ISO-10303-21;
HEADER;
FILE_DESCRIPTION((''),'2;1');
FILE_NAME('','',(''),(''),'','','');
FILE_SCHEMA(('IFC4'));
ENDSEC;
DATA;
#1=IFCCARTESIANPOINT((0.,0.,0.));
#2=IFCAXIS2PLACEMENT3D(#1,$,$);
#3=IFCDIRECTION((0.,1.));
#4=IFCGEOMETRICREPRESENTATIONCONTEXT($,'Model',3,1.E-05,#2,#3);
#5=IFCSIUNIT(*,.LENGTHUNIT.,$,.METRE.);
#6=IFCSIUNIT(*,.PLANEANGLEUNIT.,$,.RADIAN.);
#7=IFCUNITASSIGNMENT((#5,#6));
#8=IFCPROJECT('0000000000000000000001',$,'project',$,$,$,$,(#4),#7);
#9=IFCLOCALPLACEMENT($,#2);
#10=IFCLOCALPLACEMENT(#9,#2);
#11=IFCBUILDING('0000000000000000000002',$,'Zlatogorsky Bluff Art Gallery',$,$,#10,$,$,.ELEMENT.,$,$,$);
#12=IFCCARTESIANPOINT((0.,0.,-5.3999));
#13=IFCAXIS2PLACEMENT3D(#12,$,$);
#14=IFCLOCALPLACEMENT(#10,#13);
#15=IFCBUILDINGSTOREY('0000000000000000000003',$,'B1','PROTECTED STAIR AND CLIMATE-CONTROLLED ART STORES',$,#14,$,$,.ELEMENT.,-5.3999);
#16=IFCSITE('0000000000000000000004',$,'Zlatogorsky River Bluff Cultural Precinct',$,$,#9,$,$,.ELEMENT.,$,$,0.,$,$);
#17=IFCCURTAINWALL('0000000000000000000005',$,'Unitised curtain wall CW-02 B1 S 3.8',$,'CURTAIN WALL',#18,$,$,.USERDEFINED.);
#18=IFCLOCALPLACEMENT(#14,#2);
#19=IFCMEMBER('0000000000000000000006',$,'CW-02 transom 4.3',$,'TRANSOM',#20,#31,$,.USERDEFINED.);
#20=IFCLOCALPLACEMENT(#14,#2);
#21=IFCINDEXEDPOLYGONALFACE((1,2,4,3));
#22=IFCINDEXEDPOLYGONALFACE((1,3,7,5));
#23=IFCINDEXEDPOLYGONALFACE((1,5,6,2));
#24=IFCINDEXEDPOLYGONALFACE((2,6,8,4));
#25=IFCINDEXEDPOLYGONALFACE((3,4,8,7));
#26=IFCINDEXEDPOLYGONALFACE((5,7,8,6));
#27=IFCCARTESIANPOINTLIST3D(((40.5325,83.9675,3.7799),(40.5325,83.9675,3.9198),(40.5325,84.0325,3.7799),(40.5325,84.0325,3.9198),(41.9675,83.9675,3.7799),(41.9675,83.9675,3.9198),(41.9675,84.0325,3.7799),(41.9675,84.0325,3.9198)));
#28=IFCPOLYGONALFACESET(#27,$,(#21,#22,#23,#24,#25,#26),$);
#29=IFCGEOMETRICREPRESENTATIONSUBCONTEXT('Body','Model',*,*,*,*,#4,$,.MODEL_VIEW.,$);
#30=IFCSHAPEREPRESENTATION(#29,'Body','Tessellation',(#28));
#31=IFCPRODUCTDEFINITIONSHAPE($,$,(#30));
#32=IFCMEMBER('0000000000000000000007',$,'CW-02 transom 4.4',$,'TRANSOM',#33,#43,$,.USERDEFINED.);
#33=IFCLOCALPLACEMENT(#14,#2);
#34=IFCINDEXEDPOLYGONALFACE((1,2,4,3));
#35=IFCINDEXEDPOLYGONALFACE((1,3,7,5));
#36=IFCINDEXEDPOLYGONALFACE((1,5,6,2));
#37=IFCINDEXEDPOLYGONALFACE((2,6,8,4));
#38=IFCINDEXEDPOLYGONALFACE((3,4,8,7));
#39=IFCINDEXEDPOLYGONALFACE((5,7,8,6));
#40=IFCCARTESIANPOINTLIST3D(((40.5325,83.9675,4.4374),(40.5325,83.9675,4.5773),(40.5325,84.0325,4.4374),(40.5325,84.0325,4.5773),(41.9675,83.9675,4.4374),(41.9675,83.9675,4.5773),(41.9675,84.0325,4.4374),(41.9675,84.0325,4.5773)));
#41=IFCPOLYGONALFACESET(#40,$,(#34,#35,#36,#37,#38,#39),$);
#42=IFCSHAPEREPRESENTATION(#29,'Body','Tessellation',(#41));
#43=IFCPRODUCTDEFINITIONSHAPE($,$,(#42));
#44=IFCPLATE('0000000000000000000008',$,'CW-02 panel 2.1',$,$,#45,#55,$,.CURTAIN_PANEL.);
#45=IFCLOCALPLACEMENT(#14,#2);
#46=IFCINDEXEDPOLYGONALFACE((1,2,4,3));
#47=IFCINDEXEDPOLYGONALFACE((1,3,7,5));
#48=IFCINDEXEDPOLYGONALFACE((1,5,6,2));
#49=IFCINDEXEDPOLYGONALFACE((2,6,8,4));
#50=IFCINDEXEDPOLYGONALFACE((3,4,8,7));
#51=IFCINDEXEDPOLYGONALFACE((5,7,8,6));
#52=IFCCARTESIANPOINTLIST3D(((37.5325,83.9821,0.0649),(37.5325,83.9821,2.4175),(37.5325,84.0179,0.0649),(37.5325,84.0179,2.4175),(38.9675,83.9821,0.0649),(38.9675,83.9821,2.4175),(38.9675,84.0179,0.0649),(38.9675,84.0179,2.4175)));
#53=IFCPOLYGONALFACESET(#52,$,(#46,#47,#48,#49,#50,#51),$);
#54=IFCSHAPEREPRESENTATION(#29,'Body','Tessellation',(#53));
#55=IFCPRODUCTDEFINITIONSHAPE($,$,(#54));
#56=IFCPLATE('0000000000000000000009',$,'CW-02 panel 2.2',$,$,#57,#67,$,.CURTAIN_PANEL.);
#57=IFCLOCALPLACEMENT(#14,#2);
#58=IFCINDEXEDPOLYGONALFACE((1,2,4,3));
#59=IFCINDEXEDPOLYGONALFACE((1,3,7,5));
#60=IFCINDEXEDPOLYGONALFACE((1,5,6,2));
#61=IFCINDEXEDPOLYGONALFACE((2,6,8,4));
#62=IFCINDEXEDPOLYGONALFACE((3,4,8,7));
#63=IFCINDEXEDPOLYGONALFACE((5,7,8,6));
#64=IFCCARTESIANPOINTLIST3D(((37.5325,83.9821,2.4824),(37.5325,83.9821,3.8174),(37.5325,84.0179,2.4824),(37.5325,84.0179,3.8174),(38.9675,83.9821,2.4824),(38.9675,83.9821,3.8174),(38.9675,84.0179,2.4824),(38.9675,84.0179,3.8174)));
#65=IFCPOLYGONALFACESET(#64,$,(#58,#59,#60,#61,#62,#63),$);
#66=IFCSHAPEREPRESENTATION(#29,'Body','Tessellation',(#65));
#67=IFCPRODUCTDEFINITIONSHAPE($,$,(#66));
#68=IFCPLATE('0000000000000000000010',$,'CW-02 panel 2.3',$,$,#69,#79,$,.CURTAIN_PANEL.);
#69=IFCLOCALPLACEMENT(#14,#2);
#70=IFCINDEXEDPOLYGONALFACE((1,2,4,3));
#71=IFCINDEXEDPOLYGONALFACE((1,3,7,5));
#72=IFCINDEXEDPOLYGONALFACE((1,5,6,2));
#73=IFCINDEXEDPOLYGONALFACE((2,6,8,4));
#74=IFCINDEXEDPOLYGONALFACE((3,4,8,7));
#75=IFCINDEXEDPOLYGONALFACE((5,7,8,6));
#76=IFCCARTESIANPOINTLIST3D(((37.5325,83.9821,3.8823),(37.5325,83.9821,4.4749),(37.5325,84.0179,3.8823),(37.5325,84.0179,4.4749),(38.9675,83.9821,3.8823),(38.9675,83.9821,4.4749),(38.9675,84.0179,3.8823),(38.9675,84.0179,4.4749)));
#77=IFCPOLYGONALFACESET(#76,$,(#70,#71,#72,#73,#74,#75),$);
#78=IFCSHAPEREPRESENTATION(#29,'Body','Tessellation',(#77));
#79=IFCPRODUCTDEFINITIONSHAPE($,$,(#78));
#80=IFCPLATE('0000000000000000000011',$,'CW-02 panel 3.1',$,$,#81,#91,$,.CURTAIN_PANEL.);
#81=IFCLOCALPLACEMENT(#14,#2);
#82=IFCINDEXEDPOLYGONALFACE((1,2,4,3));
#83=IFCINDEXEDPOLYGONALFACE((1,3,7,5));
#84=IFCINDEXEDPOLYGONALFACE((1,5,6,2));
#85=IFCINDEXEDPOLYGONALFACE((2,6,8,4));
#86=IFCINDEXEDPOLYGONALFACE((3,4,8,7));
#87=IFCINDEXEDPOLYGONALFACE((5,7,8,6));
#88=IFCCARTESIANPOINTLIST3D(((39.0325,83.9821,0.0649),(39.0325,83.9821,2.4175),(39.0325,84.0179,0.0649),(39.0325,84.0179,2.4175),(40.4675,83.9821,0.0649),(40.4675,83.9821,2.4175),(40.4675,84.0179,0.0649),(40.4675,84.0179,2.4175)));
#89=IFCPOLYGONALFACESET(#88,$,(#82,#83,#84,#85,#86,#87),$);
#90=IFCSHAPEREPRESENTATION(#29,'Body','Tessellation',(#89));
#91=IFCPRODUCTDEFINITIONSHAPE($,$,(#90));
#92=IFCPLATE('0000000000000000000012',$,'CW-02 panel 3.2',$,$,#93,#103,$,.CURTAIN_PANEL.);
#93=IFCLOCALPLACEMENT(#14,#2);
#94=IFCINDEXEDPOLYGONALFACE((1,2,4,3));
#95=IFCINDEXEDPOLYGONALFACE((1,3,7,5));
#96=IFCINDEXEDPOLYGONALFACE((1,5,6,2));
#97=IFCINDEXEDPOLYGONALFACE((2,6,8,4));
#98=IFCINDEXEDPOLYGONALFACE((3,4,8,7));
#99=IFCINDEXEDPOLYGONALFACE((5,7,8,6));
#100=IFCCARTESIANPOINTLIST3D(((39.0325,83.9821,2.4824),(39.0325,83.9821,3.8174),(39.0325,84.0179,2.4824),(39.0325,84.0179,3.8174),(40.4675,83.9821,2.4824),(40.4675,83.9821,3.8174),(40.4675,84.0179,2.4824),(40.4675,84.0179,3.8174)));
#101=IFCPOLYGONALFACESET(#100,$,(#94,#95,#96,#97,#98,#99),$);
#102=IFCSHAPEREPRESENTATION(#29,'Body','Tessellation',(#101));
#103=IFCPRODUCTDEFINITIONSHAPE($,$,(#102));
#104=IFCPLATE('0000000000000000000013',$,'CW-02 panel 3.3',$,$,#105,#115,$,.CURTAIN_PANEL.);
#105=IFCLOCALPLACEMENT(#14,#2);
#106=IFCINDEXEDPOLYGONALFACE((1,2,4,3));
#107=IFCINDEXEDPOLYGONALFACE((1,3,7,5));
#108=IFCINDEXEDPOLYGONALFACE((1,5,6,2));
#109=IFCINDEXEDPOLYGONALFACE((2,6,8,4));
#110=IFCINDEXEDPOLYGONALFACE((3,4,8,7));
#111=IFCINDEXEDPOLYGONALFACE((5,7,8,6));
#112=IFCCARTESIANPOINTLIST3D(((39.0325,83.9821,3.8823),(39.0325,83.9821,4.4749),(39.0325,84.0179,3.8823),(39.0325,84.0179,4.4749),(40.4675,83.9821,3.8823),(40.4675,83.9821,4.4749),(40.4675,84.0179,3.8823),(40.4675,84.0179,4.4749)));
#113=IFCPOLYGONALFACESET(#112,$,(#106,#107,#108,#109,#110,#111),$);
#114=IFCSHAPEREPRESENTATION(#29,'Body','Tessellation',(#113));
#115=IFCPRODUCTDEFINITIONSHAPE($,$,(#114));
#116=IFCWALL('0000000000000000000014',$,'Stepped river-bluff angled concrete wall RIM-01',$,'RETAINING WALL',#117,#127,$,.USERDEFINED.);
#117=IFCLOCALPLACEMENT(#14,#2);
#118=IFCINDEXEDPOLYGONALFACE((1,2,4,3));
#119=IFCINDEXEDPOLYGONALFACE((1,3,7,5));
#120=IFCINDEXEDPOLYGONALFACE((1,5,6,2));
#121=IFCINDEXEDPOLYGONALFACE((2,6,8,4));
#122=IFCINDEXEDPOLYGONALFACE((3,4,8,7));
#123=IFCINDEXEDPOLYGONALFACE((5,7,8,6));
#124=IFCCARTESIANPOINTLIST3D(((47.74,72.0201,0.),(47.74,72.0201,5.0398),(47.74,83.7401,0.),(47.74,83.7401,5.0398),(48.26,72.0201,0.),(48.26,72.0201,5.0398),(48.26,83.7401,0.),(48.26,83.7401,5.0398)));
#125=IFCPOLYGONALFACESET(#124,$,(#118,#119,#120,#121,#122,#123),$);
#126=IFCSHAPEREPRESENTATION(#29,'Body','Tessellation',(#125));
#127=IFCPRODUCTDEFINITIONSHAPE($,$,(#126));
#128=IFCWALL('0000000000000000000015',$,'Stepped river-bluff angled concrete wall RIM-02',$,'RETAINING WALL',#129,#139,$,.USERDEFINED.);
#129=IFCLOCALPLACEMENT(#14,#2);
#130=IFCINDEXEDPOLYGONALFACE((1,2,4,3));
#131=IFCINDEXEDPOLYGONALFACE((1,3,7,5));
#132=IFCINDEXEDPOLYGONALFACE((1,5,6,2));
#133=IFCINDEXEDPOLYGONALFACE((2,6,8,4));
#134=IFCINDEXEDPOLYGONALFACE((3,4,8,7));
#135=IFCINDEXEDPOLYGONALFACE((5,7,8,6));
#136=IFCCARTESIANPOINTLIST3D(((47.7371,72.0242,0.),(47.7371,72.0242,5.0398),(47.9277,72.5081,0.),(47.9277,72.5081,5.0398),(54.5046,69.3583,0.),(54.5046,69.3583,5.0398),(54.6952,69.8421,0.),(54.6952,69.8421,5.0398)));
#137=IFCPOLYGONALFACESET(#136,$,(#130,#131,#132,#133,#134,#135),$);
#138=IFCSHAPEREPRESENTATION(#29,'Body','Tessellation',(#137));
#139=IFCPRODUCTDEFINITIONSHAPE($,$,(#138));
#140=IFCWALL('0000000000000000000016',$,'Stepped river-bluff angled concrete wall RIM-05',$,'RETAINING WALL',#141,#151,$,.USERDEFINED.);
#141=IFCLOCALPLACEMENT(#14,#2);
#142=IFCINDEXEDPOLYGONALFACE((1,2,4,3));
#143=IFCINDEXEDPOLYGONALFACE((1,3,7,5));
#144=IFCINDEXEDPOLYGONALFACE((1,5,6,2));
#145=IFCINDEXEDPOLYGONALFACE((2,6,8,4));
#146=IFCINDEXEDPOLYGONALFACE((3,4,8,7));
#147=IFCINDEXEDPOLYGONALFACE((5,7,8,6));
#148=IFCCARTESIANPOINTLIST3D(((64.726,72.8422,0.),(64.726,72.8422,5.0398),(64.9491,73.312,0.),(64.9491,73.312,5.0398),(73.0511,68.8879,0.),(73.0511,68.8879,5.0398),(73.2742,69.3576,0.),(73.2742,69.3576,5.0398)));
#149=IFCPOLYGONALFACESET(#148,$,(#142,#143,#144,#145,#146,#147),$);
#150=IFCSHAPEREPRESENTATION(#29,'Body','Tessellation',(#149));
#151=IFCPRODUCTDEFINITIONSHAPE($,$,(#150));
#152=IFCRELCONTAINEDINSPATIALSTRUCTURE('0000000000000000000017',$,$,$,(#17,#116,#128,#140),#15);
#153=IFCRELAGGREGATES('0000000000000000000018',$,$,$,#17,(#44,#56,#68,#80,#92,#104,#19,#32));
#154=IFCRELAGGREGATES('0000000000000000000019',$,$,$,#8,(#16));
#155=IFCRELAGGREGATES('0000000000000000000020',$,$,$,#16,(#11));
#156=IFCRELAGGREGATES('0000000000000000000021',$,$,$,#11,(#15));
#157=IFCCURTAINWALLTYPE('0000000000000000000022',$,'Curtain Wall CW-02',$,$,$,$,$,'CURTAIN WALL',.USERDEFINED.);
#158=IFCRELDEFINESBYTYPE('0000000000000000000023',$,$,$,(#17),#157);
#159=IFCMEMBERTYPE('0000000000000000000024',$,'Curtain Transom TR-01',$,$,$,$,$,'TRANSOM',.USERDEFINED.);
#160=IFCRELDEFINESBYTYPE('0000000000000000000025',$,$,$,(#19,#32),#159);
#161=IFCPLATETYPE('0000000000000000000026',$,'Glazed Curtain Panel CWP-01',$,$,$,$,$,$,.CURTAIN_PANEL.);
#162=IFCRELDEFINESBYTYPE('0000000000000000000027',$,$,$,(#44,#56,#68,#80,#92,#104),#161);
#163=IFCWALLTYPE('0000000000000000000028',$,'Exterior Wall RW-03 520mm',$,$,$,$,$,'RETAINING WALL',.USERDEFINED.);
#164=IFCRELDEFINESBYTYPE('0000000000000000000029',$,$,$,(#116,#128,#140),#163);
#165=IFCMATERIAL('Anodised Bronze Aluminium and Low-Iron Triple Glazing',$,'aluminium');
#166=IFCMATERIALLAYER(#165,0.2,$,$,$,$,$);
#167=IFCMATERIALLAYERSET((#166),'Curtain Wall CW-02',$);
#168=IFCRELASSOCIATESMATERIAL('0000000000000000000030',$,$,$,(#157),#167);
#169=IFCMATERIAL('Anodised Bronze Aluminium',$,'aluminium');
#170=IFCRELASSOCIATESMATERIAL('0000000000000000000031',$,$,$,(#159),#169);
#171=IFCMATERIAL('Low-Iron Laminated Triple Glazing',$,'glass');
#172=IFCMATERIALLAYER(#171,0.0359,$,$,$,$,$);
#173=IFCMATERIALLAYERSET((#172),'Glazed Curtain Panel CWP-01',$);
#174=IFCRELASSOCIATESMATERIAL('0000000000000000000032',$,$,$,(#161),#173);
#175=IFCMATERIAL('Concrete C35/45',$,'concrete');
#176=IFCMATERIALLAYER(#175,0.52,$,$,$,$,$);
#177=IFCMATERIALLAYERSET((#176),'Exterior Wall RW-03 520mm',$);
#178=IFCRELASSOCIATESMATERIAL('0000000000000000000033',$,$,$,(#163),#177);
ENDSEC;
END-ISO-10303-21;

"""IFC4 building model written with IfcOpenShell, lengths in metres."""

from ifc_helpers import new_model, si_unit, direction, frame, frame_2d, origin, origin_2d, place, context, subcontext, project, spatial, rectangle, extrude, material, layer, layer_set, material_profile, profile_set, type_object, element, aggregate, save


model = new_model("IFC4")

# Units and contexts
model_context = context("Model", 3, precision=1e-05, world=origin(), true_north=direction((0.0, 1.0)))
body_context = subcontext(model_context, "Body", "Model", "MODEL_VIEW")
ifc_project = project(units=[si_unit("LENGTHUNIT", "METRE"), si_unit("PLANEANGLEUNIT", "RADIAN")], contexts=[model_context])

# Site, building, storey
site_placement = place(None, origin())
site = spatial("IfcSite", under=ifc_project, at=site_placement, Name="Zlatogorsky River Bluff Cultural Precinct", CompositionType="ELEMENT", RefElevation=0.0)
building_placement = place(site_placement, origin())
building = spatial("IfcBuilding", under=site, at=building_placement, Name="Zlatogorsky Bluff Art Gallery", CompositionType="ELEMENT")
storey_placement = place(building_placement, frame((0.0, 0.0, -5.3999)))
storey = spatial("IfcBuildingStorey", under=building, at=storey_placement, Name="B1", Description="PROTECTED STAIR AND CLIMATE-CONTROLLED ART STORES", CompositionType="ELEMENT", Elevation=-5.3999)

# Shared definitions
ifc_material_1 = material(Name="Concrete C35/45", Category="concrete")

# Curtain wall, members, plates
ifc_material_2 = material(Name="Anodised Bronze Aluminium and Low-Iron Triple Glazing", Category="aluminium")
ifc_layer_1 = layer(ifc_material_2, 0.2)
ifc_layer_set_1 = layer_set([ifc_layer_1], Name="Curtain Wall CW-02")
curtain_wall_type = type_object("IfcCurtainWallType", Name="Curtain Wall CW-02", ElementType="CURTAIN WALL", PredefinedType="USERDEFINED", material=ifc_layer_set_1)
curtain_wall_placement = place(storey_placement, origin())
curtain_wall = element("IfcCurtainWall", 1, at=curtain_wall_placement, inside=storey, type_object=curtain_wall_type, Name="Unitised curtain wall CW-02 B1 S 3.8", ObjectType="CURTAIN WALL", PredefinedType="USERDEFINED")
ifc_material_3 = material(Name="Anodised Bronze Aluminium", Category="aluminium")
ifc_material_profile_1 = material_profile(ifc_material_3, rectangle(XDim=0.0649, YDim=0.1399, at=origin_2d()), Name="ALU TRANSOM 65x140")
ifc_profile_set_1 = profile_set([ifc_material_profile_1], Name="Anodised Bronze Aluminium")
member_type_1 = type_object("IfcMemberType", Name="Curtain Transom TR-01", ElementType="TRANSOM", PredefinedType="USERDEFINED", material=ifc_profile_set_1)
member_1_placement = place(storey_placement, frame((40.5325, 84.0, 3.8499), z_axis=(1.0, 0.0, 0.0), x_axis=(0.0, 1.0, 0.0)))
member_1 = element("IfcMember", 2, at=member_1_placement, type_object=member_type_1, Name="CW-02 transom 4.3", ObjectType="TRANSOM", PredefinedType="USERDEFINED", context=body_context, shape_type="SweptSolid", body=[
    extrude(rectangle(XDim=0.0649, YDim=0.1399, at=origin_2d()), origin(), (0.0, 0.0, 1.0), 1.4351),
])
member_2_placement = place(storey_placement, frame((40.5325, 84.0, 4.5073), z_axis=(1.0, 0.0, 0.0), x_axis=(0.0, 1.0, 0.0)))
member_2 = element("IfcMember", 3, at=member_2_placement, type_object=member_type_1, Name="CW-02 transom 4.4", ObjectType="TRANSOM", PredefinedType="USERDEFINED", context=body_context, shape_type="SweptSolid", body=[
    extrude(rectangle(XDim=0.0649, YDim=0.1399, at=origin_2d()), origin(), (0.0, 0.0, 1.0), 1.4351),
])
ifc_material_4 = material(Name="Low-Iron Laminated Triple Glazing", Category="glass")
ifc_layer_2 = layer(ifc_material_4, 0.0359)
ifc_layer_set_2 = layer_set([ifc_layer_2], Name="Glazed Curtain Panel CWP-01")
plate_type = type_object("IfcPlateType", Name="Glazed Curtain Panel CWP-01", PredefinedType="CURTAIN_PANEL", material=ifc_layer_set_2)
plate_1_placement = place(storey_placement, frame((38.25, 84.0, 0.0649), z_axis=(0.0, 0.0, 1.0), x_axis=(1.0, 0.0, 0.0)))
plate_1 = element("IfcPlate", 4, at=plate_1_placement, type_object=plate_type, Name="CW-02 panel 2.1", PredefinedType="CURTAIN_PANEL", context=body_context, shape_type="SweptSolid", body=[
    extrude(rectangle(XDim=1.4351, YDim=0.0359, at=origin_2d()), origin(), (0.0, 0.0, 1.0), 2.3525),
])
plate_2_placement = place(storey_placement, frame((38.25, 84.0, 2.4824), z_axis=(0.0, 0.0, 1.0), x_axis=(1.0, 0.0, 0.0)))
plate_2 = element("IfcPlate", 5, at=plate_2_placement, type_object=plate_type, Name="CW-02 panel 2.2", PredefinedType="CURTAIN_PANEL", context=body_context, shape_type="SweptSolid", body=[
    extrude(rectangle(XDim=1.4351, YDim=0.0359, at=origin_2d()), origin(), (0.0, 0.0, 1.0), 1.335),
])
plate_3_placement = place(storey_placement, frame((38.25, 84.0, 3.8823), z_axis=(0.0, 0.0, 1.0), x_axis=(1.0, 0.0, 0.0)))
plate_3 = element("IfcPlate", 6, at=plate_3_placement, type_object=plate_type, Name="CW-02 panel 2.3", PredefinedType="CURTAIN_PANEL", context=body_context, shape_type="SweptSolid", body=[
    extrude(rectangle(XDim=1.4351, YDim=0.0359, at=origin_2d()), origin(), (0.0, 0.0, 1.0), 0.5925),
])
plate_4_placement = place(storey_placement, frame((39.75, 84.0, 0.0649), z_axis=(0.0, 0.0, 1.0), x_axis=(1.0, 0.0, 0.0)))
plate_4 = element("IfcPlate", 7, at=plate_4_placement, type_object=plate_type, Name="CW-02 panel 3.1", PredefinedType="CURTAIN_PANEL", context=body_context, shape_type="SweptSolid", body=[
    extrude(rectangle(XDim=1.4351, YDim=0.0359, at=origin_2d()), origin(), (0.0, 0.0, 1.0), 2.3525),
])
plate_5_placement = place(storey_placement, frame((39.75, 84.0, 2.4824), z_axis=(0.0, 0.0, 1.0), x_axis=(1.0, 0.0, 0.0)))
plate_5 = element("IfcPlate", 8, at=plate_5_placement, type_object=plate_type, Name="CW-02 panel 3.2", PredefinedType="CURTAIN_PANEL", context=body_context, shape_type="SweptSolid", body=[
    extrude(rectangle(XDim=1.4351, YDim=0.0359, at=origin_2d()), origin(), (0.0, 0.0, 1.0), 1.335),
])
plate_6_placement = place(storey_placement, frame((39.75, 84.0, 3.8823), z_axis=(0.0, 0.0, 1.0), x_axis=(1.0, 0.0, 0.0)))
plate_6 = element("IfcPlate", 9, at=plate_6_placement, type_object=plate_type, Name="CW-02 panel 3.3", PredefinedType="CURTAIN_PANEL", context=body_context, shape_type="SweptSolid", body=[
    extrude(rectangle(XDim=1.4351, YDim=0.0359, at=origin_2d()), origin(), (0.0, 0.0, 1.0), 0.5925),
])
aggregate(curtain_wall, [plate_1, plate_2, plate_3, plate_4, plate_5, plate_6, member_1, member_2])

# Walls
ifc_layer_3 = layer(ifc_material_1, 0.52)
ifc_layer_set_3 = layer_set([ifc_layer_3], Name="Exterior Wall RW-03 520mm")
wall_type = type_object("IfcWallType", Name="Exterior Wall RW-03 520mm", ElementType="RETAINING WALL", PredefinedType="USERDEFINED", material=ifc_layer_set_3)
wall_1_placement = place(storey_placement, frame((48.0, 83.74, 0.0), z_axis=(0.0, 0.0, 1.0), x_axis=(0.0, -1.0, 0.0)))
element("IfcWall", 10, at=wall_1_placement, inside=storey, type_object=wall_type, Name="Stepped river-bluff angled concrete wall RIM-01", ObjectType="RETAINING WALL", PredefinedType="USERDEFINED", context=body_context, shape_type="SweptSolid", body=[
    extrude(rectangle(XDim=11.72, YDim=0.52, at=frame_2d((5.8599, 0.0))), origin(), (0.0, 0.0, 1.0), 5.0398),
])
wall_2_placement = place(storey_placement, frame((47.8325, 72.2661, 0.0), z_axis=(0.0, 0.0, 1.0), x_axis=(0.930408, -0.366525, 0.0)))
element("IfcWall", 11, at=wall_2_placement, inside=storey, type_object=wall_type, Name="Stepped river-bluff angled concrete wall RIM-02", ObjectType="RETAINING WALL", PredefinedType="USERDEFINED", context=body_context, shape_type="SweptSolid", body=[
    extrude(rectangle(XDim=7.2737, YDim=0.52, at=frame_2d((3.6367, 0.0))), origin(), (0.0, 0.0, 1.0), 5.0398),
])
wall_3_placement = place(storey_placement, frame((64.8374, 73.0771, 0.0), z_axis=(0.0, 0.0, 1.0), x_axis=(0.903283, -0.429046, 0.0)))
element("IfcWall", 12, at=wall_3_placement, inside=storey, type_object=wall_type, Name="Stepped river-bluff angled concrete wall RIM-05", ObjectType="RETAINING WALL", PredefinedType="USERDEFINED", context=body_context, shape_type="SweptSolid", body=[
    extrude(rectangle(XDim=9.2166, YDim=0.52, at=frame_2d((4.6084, 0.0))), origin(), (0.0, 0.0, 1.0), 5.0398),
])

save(model, "model.ifc")
